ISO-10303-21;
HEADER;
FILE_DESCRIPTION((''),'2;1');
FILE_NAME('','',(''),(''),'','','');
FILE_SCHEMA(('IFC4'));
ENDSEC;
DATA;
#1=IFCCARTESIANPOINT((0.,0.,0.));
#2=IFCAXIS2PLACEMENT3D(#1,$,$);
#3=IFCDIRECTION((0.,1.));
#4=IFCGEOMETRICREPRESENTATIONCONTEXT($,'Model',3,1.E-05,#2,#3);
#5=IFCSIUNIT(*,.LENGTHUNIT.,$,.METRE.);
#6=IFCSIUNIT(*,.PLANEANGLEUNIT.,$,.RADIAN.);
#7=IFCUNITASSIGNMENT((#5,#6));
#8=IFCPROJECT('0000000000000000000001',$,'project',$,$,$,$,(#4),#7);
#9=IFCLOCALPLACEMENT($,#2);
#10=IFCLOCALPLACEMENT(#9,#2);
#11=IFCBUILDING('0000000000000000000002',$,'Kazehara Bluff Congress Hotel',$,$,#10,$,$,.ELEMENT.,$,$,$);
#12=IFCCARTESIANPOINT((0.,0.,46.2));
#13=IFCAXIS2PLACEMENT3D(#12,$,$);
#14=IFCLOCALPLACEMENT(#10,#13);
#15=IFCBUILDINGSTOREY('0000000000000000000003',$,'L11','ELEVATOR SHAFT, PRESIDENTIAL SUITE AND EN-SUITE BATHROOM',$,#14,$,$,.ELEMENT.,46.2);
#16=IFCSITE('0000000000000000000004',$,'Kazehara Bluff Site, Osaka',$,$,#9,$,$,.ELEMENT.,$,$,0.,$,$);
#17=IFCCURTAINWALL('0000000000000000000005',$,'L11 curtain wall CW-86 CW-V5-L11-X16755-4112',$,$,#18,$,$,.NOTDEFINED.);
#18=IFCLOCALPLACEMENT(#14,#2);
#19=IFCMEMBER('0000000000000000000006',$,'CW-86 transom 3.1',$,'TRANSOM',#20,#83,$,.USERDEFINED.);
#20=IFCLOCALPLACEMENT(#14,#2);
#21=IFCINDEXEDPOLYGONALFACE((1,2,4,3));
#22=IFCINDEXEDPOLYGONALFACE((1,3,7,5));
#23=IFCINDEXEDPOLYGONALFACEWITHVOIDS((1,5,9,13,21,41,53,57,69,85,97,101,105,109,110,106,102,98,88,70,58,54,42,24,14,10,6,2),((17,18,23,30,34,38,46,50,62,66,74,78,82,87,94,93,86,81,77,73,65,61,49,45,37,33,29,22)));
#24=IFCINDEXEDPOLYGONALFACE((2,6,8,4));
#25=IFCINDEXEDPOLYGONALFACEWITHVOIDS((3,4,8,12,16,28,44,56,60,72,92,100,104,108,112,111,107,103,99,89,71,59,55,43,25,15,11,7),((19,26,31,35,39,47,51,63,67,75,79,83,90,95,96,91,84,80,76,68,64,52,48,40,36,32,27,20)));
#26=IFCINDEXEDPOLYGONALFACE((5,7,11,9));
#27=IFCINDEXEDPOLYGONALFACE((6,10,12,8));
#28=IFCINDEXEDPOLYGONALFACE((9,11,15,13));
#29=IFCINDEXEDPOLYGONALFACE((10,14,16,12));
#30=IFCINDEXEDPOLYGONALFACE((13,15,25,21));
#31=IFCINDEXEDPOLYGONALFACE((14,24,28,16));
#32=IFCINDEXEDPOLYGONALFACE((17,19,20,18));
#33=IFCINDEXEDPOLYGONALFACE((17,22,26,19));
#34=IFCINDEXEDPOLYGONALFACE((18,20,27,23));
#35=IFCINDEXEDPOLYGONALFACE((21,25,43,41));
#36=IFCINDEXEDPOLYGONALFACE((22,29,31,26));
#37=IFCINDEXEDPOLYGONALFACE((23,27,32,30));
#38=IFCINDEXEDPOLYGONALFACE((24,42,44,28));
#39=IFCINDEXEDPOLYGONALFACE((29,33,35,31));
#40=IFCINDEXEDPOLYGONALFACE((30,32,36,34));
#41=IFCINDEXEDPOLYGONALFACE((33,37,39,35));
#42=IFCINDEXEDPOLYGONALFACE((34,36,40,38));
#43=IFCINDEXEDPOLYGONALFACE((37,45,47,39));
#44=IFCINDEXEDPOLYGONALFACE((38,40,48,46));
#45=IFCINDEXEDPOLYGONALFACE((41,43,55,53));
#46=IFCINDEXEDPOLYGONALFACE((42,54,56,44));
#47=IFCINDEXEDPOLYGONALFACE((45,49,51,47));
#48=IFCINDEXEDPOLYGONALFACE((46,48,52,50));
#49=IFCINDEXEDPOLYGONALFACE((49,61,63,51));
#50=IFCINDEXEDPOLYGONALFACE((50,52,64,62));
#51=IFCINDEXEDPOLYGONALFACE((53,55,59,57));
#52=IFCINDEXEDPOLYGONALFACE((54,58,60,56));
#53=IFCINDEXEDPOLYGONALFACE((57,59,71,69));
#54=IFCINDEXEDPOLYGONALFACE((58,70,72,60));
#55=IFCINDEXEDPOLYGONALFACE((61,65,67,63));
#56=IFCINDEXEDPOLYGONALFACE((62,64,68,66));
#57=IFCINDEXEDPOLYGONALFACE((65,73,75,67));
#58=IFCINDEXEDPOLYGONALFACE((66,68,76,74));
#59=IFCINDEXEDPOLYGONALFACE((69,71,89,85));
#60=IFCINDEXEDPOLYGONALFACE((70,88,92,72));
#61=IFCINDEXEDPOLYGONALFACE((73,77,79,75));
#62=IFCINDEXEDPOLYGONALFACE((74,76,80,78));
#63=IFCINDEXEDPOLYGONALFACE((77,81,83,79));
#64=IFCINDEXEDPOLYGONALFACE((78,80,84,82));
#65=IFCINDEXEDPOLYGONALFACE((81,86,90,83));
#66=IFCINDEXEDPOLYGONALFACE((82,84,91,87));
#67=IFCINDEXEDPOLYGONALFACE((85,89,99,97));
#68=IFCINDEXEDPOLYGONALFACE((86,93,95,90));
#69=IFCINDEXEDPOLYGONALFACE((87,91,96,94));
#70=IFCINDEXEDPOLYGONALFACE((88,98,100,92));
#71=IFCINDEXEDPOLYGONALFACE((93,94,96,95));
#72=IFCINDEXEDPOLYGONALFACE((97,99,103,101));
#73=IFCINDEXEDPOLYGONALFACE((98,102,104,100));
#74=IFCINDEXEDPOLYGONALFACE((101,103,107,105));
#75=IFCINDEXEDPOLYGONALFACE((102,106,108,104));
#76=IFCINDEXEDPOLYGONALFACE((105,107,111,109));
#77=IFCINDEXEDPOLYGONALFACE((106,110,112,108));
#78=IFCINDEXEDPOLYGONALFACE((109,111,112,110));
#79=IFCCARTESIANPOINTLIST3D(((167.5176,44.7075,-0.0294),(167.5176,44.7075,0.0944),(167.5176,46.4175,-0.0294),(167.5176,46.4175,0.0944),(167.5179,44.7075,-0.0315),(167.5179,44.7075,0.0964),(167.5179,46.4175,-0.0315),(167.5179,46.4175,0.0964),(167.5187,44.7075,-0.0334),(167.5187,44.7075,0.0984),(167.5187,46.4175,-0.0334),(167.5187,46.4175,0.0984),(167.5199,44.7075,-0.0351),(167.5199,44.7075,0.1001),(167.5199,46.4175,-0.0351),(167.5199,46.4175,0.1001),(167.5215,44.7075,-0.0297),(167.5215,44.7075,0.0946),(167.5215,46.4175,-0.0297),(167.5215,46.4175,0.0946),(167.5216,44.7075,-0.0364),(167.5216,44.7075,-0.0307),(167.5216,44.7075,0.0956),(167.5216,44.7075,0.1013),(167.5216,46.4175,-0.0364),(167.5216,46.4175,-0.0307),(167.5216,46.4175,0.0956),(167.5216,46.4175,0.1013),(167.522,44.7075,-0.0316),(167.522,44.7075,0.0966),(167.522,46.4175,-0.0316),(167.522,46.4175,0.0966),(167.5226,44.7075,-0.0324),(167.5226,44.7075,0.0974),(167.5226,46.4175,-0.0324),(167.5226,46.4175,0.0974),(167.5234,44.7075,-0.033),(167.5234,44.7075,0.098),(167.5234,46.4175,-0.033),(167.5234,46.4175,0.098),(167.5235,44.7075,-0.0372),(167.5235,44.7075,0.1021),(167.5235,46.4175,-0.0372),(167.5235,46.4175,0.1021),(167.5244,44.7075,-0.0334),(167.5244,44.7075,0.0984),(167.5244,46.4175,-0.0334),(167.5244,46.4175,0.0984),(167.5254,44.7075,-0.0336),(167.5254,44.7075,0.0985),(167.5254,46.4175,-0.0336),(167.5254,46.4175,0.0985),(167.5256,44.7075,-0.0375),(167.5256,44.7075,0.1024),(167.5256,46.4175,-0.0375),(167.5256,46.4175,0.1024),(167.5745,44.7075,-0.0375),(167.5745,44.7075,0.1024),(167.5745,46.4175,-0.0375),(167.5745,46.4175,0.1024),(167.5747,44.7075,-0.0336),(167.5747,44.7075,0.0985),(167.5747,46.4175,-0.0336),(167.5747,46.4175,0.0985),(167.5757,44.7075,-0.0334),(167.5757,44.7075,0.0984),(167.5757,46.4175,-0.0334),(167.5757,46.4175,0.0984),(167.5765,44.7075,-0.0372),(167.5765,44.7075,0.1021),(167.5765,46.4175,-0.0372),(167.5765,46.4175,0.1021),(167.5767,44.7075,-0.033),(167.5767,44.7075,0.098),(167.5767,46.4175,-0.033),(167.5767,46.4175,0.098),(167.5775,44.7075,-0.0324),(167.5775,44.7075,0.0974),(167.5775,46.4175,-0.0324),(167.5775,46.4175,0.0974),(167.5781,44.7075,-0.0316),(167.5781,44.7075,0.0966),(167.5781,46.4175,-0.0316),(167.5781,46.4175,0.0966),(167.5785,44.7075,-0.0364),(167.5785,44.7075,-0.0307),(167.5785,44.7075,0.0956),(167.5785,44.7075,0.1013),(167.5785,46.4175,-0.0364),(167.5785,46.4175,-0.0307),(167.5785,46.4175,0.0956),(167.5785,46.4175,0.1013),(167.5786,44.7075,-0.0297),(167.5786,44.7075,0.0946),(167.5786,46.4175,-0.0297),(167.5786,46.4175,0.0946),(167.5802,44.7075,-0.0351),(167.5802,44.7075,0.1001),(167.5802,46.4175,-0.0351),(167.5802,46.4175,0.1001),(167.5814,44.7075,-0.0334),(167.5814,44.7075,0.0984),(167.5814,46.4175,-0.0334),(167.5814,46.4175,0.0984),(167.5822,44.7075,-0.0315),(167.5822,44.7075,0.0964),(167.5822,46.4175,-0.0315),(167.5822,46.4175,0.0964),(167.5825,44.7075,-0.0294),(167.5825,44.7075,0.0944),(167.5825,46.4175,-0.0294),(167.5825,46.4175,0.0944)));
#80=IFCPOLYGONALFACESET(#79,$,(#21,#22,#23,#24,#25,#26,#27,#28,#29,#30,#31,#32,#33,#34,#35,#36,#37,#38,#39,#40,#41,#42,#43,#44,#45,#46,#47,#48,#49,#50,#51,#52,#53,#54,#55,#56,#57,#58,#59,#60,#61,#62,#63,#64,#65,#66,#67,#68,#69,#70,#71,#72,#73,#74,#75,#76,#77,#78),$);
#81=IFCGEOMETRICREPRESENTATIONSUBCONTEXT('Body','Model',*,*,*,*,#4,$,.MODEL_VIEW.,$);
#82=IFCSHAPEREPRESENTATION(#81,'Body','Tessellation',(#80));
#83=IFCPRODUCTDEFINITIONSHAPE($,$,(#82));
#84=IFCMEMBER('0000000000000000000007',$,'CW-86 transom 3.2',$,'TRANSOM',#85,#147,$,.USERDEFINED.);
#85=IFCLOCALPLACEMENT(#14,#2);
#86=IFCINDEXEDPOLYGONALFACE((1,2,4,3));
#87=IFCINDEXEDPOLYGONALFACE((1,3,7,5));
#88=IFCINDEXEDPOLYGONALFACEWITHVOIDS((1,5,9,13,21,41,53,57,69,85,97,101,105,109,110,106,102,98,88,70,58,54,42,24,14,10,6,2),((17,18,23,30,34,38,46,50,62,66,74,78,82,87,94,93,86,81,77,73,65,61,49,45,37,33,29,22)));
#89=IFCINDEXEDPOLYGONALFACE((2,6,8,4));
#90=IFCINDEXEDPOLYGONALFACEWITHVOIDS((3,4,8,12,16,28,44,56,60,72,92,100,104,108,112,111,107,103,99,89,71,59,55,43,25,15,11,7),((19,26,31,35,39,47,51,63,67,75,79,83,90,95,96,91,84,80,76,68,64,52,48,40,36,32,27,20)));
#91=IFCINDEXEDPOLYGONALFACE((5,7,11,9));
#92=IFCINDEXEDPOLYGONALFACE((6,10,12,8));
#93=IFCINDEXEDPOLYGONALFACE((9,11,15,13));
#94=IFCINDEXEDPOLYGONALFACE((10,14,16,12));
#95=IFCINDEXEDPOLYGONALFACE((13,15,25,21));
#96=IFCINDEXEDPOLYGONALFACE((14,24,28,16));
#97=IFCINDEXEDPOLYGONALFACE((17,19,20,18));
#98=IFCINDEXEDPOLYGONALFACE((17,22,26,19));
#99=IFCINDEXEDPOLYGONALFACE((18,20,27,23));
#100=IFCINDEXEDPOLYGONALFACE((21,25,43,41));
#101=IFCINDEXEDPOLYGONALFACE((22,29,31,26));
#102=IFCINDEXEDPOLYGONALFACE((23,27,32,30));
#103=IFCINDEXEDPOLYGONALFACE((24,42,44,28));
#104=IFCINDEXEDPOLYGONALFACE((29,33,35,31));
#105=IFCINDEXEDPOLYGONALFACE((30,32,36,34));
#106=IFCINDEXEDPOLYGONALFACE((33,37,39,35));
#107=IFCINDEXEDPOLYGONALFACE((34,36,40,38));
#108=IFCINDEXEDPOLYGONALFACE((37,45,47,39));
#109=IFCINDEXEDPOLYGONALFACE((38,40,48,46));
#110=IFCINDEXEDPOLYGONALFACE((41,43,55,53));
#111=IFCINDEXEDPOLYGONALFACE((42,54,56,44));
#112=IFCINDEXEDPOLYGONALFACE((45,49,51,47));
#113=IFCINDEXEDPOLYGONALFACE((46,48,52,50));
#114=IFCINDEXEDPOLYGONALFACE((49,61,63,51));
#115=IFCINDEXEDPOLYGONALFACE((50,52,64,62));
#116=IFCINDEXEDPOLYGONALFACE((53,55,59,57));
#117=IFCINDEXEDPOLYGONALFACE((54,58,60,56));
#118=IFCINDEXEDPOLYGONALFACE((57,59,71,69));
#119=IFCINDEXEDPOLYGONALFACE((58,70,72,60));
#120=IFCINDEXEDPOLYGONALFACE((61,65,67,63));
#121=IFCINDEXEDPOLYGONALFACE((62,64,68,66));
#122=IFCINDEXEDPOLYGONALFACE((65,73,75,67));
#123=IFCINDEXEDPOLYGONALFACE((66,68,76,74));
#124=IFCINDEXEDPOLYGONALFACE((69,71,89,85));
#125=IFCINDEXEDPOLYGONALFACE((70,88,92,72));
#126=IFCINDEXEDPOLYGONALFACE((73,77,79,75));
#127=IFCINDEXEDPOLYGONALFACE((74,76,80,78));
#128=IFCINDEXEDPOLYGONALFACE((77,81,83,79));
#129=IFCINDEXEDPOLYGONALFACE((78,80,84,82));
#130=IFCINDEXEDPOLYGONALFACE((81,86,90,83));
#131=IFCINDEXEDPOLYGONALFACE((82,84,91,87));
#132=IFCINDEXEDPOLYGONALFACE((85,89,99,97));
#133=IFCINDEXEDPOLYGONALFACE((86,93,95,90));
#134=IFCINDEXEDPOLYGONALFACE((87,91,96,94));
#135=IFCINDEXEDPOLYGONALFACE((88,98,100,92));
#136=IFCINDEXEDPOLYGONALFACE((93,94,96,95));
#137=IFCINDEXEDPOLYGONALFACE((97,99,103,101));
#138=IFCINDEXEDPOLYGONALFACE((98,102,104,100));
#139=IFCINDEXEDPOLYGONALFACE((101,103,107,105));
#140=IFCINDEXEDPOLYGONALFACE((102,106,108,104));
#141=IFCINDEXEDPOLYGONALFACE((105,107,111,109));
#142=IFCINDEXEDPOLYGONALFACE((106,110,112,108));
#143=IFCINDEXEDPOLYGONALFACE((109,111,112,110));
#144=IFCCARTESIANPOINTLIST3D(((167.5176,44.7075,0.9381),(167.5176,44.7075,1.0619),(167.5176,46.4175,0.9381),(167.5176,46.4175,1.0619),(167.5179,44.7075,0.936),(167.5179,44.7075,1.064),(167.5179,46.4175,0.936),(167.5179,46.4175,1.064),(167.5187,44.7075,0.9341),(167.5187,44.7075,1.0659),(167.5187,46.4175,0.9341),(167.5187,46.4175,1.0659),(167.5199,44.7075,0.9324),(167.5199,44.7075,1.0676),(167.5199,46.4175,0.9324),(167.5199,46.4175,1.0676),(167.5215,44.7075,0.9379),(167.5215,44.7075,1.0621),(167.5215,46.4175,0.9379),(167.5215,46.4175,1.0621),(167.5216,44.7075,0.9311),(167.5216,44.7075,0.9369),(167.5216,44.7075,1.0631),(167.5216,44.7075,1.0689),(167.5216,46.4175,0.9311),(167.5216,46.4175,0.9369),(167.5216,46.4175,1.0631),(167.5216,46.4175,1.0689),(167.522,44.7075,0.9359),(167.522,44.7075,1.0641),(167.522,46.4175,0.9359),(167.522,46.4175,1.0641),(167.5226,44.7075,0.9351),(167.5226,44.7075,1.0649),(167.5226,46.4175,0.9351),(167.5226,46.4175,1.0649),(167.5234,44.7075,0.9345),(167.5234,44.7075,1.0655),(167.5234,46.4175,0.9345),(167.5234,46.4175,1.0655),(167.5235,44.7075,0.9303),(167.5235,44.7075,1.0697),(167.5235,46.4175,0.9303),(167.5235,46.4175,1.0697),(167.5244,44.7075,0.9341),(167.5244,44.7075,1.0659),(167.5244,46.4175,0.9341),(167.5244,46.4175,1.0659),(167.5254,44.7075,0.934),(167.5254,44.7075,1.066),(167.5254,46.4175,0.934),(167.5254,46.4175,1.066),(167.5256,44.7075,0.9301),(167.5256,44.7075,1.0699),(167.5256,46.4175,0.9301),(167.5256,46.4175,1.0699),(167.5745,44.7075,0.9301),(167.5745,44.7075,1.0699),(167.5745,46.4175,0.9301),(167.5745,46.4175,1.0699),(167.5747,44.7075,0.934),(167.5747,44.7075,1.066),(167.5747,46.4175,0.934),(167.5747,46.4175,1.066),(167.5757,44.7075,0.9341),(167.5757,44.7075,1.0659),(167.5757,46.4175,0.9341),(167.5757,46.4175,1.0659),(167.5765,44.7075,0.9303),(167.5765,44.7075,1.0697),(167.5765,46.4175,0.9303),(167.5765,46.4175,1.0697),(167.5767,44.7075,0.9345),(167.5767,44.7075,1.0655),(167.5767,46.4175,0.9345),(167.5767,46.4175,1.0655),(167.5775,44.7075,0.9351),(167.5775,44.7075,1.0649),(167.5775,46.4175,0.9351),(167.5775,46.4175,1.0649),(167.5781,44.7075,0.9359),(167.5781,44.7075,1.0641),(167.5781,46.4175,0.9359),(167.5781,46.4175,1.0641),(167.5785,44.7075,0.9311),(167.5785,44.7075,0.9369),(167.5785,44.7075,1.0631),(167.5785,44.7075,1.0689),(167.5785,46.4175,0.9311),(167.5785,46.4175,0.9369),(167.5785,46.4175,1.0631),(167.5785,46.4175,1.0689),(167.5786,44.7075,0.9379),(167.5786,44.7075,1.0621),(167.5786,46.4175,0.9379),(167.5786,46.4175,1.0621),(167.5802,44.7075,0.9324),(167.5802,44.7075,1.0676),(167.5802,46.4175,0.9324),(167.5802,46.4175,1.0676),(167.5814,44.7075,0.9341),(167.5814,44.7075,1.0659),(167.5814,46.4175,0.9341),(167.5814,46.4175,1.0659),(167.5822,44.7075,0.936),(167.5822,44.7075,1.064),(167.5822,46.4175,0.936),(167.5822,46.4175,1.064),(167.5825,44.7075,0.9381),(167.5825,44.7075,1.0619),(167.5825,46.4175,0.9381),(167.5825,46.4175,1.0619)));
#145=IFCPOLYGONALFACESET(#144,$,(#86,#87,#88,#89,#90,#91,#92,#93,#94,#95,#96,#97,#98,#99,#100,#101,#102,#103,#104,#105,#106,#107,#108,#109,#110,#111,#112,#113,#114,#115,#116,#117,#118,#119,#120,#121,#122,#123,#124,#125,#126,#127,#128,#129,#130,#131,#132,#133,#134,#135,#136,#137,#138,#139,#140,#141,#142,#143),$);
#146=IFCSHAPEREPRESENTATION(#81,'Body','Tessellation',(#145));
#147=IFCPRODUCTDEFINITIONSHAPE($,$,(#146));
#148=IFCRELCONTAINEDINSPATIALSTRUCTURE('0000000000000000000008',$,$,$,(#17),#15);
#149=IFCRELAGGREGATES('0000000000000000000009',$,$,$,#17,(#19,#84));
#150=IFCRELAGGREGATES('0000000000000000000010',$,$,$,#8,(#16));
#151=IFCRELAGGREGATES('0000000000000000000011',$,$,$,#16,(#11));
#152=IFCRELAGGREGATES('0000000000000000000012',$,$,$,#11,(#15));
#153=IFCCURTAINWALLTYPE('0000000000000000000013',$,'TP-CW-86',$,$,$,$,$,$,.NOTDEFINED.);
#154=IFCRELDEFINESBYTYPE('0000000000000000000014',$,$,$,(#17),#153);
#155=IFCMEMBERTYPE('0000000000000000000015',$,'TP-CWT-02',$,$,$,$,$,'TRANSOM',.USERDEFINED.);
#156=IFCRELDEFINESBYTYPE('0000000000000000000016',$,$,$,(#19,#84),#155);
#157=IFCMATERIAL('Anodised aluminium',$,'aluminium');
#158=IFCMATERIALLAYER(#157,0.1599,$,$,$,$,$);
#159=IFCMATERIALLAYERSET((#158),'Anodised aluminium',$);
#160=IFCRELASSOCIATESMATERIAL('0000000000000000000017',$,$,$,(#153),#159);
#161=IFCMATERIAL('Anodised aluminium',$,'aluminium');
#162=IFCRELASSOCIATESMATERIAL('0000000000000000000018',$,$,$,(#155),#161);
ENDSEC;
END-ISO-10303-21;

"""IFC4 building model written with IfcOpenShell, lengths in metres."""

from ifc_helpers import new_model, si_unit, direction, frame, origin, origin_2d, place, context, subcontext, project, spatial, hollow_rectangle, extrude, material, layer, layer_set, material_profile, profile_set, type_object, element, aggregate, save


model = new_model("IFC4")

# Units and contexts
model_context = context("Model", 3, precision=1e-05, world=origin(), true_north=direction((0.0, 1.0)))
body_context = subcontext(model_context, "Body", "Model", "MODEL_VIEW")
ifc_project = project(units=[si_unit("LENGTHUNIT", "METRE"), si_unit("PLANEANGLEUNIT", "RADIAN")], contexts=[model_context])

# Site, building, storey
site_placement = place(None, origin())
site = spatial("IfcSite", under=ifc_project, at=site_placement, Name="Kazehara Bluff Site, Osaka", CompositionType="ELEMENT", RefElevation=0.0)
building_placement = place(site_placement, origin())
building = spatial("IfcBuilding", under=site, at=building_placement, Name="Kazehara Bluff Congress Hotel", CompositionType="ELEMENT")
storey_placement = place(building_placement, frame((0.0, 0.0, 46.2)))
storey = spatial("IfcBuildingStorey", under=building, at=storey_placement, Name="L11", Description="ELEVATOR SHAFT, PRESIDENTIAL SUITE AND EN-SUITE BATHROOM", CompositionType="ELEMENT", Elevation=46.2)

# Curtain wall, members
ifc_material_1 = material(Name="Anodised aluminium", Category="aluminium")
ifc_layer_1 = layer(ifc_material_1, 0.1599)
ifc_layer_set_1 = layer_set([ifc_layer_1], Name="Anodised aluminium")
curtain_wall_type = type_object("IfcCurtainWallType", Name="TP-CW-86", PredefinedType="NOTDEFINED", material=ifc_layer_set_1)
curtain_wall_placement = place(storey_placement, origin())
curtain_wall = element("IfcCurtainWall", 1, at=curtain_wall_placement, inside=storey, type_object=curtain_wall_type, Name="L11 curtain wall CW-86 CW-V5-L11-X16755-4112", PredefinedType="NOTDEFINED")
ifc_material_2 = material(Name="Anodised aluminium", Category="aluminium")
ifc_material_profile_1 = material_profile(ifc_material_2, hollow_rectangle(XDim=0.0649, YDim=0.1399, WallThickness=0.0039, InnerFilletRadius=0.0039, OuterFilletRadius=0.0081, at=origin_2d()))
ifc_profile_set_1 = profile_set([ifc_material_profile_1], Name="Anodised aluminium")
member_type_1 = type_object("IfcMemberType", Name="TP-CWT-02", ElementType="TRANSOM", PredefinedType="USERDEFINED", material=ifc_profile_set_1)
member_1_placement = place(storey_placement, frame((167.55, 44.7075, 0.0325), z_axis=(0.0, 1.0, 0.0), x_axis=(-1.0, 0.0, 0.0)))
member_1 = element("IfcMember", 2, at=member_1_placement, type_object=member_type_1, Name="CW-86 transom 3.1", ObjectType="TRANSOM", PredefinedType="USERDEFINED", context=body_context, shape_type="SweptSolid", body=[
    extrude(hollow_rectangle(XDim=0.0649, YDim=0.1399, WallThickness=0.0039, InnerFilletRadius=0.0039, OuterFilletRadius=0.0081, at=origin_2d()), origin(), (0.0, 0.0, 1.0), 1.71),
])
member_2_placement = place(storey_placement, frame((167.55, 44.7075, 1.0), z_axis=(0.0, 1.0, 0.0), x_axis=(-1.0, 0.0, 0.0)))
member_2 = element("IfcMember", 3, at=member_2_placement, type_object=member_type_1, Name="CW-86 transom 3.2", ObjectType="TRANSOM", PredefinedType="USERDEFINED", context=body_context, shape_type="SweptSolid", body=[
    extrude(hollow_rectangle(XDim=0.0649, YDim=0.1399, WallThickness=0.0039, InnerFilletRadius=0.0039, OuterFilletRadius=0.0081, at=origin_2d()), origin(), (0.0, 0.0, 1.0), 1.71),
])

aggregate(curtain_wall, [member_1, member_2])

save(model, "model.ifc")
